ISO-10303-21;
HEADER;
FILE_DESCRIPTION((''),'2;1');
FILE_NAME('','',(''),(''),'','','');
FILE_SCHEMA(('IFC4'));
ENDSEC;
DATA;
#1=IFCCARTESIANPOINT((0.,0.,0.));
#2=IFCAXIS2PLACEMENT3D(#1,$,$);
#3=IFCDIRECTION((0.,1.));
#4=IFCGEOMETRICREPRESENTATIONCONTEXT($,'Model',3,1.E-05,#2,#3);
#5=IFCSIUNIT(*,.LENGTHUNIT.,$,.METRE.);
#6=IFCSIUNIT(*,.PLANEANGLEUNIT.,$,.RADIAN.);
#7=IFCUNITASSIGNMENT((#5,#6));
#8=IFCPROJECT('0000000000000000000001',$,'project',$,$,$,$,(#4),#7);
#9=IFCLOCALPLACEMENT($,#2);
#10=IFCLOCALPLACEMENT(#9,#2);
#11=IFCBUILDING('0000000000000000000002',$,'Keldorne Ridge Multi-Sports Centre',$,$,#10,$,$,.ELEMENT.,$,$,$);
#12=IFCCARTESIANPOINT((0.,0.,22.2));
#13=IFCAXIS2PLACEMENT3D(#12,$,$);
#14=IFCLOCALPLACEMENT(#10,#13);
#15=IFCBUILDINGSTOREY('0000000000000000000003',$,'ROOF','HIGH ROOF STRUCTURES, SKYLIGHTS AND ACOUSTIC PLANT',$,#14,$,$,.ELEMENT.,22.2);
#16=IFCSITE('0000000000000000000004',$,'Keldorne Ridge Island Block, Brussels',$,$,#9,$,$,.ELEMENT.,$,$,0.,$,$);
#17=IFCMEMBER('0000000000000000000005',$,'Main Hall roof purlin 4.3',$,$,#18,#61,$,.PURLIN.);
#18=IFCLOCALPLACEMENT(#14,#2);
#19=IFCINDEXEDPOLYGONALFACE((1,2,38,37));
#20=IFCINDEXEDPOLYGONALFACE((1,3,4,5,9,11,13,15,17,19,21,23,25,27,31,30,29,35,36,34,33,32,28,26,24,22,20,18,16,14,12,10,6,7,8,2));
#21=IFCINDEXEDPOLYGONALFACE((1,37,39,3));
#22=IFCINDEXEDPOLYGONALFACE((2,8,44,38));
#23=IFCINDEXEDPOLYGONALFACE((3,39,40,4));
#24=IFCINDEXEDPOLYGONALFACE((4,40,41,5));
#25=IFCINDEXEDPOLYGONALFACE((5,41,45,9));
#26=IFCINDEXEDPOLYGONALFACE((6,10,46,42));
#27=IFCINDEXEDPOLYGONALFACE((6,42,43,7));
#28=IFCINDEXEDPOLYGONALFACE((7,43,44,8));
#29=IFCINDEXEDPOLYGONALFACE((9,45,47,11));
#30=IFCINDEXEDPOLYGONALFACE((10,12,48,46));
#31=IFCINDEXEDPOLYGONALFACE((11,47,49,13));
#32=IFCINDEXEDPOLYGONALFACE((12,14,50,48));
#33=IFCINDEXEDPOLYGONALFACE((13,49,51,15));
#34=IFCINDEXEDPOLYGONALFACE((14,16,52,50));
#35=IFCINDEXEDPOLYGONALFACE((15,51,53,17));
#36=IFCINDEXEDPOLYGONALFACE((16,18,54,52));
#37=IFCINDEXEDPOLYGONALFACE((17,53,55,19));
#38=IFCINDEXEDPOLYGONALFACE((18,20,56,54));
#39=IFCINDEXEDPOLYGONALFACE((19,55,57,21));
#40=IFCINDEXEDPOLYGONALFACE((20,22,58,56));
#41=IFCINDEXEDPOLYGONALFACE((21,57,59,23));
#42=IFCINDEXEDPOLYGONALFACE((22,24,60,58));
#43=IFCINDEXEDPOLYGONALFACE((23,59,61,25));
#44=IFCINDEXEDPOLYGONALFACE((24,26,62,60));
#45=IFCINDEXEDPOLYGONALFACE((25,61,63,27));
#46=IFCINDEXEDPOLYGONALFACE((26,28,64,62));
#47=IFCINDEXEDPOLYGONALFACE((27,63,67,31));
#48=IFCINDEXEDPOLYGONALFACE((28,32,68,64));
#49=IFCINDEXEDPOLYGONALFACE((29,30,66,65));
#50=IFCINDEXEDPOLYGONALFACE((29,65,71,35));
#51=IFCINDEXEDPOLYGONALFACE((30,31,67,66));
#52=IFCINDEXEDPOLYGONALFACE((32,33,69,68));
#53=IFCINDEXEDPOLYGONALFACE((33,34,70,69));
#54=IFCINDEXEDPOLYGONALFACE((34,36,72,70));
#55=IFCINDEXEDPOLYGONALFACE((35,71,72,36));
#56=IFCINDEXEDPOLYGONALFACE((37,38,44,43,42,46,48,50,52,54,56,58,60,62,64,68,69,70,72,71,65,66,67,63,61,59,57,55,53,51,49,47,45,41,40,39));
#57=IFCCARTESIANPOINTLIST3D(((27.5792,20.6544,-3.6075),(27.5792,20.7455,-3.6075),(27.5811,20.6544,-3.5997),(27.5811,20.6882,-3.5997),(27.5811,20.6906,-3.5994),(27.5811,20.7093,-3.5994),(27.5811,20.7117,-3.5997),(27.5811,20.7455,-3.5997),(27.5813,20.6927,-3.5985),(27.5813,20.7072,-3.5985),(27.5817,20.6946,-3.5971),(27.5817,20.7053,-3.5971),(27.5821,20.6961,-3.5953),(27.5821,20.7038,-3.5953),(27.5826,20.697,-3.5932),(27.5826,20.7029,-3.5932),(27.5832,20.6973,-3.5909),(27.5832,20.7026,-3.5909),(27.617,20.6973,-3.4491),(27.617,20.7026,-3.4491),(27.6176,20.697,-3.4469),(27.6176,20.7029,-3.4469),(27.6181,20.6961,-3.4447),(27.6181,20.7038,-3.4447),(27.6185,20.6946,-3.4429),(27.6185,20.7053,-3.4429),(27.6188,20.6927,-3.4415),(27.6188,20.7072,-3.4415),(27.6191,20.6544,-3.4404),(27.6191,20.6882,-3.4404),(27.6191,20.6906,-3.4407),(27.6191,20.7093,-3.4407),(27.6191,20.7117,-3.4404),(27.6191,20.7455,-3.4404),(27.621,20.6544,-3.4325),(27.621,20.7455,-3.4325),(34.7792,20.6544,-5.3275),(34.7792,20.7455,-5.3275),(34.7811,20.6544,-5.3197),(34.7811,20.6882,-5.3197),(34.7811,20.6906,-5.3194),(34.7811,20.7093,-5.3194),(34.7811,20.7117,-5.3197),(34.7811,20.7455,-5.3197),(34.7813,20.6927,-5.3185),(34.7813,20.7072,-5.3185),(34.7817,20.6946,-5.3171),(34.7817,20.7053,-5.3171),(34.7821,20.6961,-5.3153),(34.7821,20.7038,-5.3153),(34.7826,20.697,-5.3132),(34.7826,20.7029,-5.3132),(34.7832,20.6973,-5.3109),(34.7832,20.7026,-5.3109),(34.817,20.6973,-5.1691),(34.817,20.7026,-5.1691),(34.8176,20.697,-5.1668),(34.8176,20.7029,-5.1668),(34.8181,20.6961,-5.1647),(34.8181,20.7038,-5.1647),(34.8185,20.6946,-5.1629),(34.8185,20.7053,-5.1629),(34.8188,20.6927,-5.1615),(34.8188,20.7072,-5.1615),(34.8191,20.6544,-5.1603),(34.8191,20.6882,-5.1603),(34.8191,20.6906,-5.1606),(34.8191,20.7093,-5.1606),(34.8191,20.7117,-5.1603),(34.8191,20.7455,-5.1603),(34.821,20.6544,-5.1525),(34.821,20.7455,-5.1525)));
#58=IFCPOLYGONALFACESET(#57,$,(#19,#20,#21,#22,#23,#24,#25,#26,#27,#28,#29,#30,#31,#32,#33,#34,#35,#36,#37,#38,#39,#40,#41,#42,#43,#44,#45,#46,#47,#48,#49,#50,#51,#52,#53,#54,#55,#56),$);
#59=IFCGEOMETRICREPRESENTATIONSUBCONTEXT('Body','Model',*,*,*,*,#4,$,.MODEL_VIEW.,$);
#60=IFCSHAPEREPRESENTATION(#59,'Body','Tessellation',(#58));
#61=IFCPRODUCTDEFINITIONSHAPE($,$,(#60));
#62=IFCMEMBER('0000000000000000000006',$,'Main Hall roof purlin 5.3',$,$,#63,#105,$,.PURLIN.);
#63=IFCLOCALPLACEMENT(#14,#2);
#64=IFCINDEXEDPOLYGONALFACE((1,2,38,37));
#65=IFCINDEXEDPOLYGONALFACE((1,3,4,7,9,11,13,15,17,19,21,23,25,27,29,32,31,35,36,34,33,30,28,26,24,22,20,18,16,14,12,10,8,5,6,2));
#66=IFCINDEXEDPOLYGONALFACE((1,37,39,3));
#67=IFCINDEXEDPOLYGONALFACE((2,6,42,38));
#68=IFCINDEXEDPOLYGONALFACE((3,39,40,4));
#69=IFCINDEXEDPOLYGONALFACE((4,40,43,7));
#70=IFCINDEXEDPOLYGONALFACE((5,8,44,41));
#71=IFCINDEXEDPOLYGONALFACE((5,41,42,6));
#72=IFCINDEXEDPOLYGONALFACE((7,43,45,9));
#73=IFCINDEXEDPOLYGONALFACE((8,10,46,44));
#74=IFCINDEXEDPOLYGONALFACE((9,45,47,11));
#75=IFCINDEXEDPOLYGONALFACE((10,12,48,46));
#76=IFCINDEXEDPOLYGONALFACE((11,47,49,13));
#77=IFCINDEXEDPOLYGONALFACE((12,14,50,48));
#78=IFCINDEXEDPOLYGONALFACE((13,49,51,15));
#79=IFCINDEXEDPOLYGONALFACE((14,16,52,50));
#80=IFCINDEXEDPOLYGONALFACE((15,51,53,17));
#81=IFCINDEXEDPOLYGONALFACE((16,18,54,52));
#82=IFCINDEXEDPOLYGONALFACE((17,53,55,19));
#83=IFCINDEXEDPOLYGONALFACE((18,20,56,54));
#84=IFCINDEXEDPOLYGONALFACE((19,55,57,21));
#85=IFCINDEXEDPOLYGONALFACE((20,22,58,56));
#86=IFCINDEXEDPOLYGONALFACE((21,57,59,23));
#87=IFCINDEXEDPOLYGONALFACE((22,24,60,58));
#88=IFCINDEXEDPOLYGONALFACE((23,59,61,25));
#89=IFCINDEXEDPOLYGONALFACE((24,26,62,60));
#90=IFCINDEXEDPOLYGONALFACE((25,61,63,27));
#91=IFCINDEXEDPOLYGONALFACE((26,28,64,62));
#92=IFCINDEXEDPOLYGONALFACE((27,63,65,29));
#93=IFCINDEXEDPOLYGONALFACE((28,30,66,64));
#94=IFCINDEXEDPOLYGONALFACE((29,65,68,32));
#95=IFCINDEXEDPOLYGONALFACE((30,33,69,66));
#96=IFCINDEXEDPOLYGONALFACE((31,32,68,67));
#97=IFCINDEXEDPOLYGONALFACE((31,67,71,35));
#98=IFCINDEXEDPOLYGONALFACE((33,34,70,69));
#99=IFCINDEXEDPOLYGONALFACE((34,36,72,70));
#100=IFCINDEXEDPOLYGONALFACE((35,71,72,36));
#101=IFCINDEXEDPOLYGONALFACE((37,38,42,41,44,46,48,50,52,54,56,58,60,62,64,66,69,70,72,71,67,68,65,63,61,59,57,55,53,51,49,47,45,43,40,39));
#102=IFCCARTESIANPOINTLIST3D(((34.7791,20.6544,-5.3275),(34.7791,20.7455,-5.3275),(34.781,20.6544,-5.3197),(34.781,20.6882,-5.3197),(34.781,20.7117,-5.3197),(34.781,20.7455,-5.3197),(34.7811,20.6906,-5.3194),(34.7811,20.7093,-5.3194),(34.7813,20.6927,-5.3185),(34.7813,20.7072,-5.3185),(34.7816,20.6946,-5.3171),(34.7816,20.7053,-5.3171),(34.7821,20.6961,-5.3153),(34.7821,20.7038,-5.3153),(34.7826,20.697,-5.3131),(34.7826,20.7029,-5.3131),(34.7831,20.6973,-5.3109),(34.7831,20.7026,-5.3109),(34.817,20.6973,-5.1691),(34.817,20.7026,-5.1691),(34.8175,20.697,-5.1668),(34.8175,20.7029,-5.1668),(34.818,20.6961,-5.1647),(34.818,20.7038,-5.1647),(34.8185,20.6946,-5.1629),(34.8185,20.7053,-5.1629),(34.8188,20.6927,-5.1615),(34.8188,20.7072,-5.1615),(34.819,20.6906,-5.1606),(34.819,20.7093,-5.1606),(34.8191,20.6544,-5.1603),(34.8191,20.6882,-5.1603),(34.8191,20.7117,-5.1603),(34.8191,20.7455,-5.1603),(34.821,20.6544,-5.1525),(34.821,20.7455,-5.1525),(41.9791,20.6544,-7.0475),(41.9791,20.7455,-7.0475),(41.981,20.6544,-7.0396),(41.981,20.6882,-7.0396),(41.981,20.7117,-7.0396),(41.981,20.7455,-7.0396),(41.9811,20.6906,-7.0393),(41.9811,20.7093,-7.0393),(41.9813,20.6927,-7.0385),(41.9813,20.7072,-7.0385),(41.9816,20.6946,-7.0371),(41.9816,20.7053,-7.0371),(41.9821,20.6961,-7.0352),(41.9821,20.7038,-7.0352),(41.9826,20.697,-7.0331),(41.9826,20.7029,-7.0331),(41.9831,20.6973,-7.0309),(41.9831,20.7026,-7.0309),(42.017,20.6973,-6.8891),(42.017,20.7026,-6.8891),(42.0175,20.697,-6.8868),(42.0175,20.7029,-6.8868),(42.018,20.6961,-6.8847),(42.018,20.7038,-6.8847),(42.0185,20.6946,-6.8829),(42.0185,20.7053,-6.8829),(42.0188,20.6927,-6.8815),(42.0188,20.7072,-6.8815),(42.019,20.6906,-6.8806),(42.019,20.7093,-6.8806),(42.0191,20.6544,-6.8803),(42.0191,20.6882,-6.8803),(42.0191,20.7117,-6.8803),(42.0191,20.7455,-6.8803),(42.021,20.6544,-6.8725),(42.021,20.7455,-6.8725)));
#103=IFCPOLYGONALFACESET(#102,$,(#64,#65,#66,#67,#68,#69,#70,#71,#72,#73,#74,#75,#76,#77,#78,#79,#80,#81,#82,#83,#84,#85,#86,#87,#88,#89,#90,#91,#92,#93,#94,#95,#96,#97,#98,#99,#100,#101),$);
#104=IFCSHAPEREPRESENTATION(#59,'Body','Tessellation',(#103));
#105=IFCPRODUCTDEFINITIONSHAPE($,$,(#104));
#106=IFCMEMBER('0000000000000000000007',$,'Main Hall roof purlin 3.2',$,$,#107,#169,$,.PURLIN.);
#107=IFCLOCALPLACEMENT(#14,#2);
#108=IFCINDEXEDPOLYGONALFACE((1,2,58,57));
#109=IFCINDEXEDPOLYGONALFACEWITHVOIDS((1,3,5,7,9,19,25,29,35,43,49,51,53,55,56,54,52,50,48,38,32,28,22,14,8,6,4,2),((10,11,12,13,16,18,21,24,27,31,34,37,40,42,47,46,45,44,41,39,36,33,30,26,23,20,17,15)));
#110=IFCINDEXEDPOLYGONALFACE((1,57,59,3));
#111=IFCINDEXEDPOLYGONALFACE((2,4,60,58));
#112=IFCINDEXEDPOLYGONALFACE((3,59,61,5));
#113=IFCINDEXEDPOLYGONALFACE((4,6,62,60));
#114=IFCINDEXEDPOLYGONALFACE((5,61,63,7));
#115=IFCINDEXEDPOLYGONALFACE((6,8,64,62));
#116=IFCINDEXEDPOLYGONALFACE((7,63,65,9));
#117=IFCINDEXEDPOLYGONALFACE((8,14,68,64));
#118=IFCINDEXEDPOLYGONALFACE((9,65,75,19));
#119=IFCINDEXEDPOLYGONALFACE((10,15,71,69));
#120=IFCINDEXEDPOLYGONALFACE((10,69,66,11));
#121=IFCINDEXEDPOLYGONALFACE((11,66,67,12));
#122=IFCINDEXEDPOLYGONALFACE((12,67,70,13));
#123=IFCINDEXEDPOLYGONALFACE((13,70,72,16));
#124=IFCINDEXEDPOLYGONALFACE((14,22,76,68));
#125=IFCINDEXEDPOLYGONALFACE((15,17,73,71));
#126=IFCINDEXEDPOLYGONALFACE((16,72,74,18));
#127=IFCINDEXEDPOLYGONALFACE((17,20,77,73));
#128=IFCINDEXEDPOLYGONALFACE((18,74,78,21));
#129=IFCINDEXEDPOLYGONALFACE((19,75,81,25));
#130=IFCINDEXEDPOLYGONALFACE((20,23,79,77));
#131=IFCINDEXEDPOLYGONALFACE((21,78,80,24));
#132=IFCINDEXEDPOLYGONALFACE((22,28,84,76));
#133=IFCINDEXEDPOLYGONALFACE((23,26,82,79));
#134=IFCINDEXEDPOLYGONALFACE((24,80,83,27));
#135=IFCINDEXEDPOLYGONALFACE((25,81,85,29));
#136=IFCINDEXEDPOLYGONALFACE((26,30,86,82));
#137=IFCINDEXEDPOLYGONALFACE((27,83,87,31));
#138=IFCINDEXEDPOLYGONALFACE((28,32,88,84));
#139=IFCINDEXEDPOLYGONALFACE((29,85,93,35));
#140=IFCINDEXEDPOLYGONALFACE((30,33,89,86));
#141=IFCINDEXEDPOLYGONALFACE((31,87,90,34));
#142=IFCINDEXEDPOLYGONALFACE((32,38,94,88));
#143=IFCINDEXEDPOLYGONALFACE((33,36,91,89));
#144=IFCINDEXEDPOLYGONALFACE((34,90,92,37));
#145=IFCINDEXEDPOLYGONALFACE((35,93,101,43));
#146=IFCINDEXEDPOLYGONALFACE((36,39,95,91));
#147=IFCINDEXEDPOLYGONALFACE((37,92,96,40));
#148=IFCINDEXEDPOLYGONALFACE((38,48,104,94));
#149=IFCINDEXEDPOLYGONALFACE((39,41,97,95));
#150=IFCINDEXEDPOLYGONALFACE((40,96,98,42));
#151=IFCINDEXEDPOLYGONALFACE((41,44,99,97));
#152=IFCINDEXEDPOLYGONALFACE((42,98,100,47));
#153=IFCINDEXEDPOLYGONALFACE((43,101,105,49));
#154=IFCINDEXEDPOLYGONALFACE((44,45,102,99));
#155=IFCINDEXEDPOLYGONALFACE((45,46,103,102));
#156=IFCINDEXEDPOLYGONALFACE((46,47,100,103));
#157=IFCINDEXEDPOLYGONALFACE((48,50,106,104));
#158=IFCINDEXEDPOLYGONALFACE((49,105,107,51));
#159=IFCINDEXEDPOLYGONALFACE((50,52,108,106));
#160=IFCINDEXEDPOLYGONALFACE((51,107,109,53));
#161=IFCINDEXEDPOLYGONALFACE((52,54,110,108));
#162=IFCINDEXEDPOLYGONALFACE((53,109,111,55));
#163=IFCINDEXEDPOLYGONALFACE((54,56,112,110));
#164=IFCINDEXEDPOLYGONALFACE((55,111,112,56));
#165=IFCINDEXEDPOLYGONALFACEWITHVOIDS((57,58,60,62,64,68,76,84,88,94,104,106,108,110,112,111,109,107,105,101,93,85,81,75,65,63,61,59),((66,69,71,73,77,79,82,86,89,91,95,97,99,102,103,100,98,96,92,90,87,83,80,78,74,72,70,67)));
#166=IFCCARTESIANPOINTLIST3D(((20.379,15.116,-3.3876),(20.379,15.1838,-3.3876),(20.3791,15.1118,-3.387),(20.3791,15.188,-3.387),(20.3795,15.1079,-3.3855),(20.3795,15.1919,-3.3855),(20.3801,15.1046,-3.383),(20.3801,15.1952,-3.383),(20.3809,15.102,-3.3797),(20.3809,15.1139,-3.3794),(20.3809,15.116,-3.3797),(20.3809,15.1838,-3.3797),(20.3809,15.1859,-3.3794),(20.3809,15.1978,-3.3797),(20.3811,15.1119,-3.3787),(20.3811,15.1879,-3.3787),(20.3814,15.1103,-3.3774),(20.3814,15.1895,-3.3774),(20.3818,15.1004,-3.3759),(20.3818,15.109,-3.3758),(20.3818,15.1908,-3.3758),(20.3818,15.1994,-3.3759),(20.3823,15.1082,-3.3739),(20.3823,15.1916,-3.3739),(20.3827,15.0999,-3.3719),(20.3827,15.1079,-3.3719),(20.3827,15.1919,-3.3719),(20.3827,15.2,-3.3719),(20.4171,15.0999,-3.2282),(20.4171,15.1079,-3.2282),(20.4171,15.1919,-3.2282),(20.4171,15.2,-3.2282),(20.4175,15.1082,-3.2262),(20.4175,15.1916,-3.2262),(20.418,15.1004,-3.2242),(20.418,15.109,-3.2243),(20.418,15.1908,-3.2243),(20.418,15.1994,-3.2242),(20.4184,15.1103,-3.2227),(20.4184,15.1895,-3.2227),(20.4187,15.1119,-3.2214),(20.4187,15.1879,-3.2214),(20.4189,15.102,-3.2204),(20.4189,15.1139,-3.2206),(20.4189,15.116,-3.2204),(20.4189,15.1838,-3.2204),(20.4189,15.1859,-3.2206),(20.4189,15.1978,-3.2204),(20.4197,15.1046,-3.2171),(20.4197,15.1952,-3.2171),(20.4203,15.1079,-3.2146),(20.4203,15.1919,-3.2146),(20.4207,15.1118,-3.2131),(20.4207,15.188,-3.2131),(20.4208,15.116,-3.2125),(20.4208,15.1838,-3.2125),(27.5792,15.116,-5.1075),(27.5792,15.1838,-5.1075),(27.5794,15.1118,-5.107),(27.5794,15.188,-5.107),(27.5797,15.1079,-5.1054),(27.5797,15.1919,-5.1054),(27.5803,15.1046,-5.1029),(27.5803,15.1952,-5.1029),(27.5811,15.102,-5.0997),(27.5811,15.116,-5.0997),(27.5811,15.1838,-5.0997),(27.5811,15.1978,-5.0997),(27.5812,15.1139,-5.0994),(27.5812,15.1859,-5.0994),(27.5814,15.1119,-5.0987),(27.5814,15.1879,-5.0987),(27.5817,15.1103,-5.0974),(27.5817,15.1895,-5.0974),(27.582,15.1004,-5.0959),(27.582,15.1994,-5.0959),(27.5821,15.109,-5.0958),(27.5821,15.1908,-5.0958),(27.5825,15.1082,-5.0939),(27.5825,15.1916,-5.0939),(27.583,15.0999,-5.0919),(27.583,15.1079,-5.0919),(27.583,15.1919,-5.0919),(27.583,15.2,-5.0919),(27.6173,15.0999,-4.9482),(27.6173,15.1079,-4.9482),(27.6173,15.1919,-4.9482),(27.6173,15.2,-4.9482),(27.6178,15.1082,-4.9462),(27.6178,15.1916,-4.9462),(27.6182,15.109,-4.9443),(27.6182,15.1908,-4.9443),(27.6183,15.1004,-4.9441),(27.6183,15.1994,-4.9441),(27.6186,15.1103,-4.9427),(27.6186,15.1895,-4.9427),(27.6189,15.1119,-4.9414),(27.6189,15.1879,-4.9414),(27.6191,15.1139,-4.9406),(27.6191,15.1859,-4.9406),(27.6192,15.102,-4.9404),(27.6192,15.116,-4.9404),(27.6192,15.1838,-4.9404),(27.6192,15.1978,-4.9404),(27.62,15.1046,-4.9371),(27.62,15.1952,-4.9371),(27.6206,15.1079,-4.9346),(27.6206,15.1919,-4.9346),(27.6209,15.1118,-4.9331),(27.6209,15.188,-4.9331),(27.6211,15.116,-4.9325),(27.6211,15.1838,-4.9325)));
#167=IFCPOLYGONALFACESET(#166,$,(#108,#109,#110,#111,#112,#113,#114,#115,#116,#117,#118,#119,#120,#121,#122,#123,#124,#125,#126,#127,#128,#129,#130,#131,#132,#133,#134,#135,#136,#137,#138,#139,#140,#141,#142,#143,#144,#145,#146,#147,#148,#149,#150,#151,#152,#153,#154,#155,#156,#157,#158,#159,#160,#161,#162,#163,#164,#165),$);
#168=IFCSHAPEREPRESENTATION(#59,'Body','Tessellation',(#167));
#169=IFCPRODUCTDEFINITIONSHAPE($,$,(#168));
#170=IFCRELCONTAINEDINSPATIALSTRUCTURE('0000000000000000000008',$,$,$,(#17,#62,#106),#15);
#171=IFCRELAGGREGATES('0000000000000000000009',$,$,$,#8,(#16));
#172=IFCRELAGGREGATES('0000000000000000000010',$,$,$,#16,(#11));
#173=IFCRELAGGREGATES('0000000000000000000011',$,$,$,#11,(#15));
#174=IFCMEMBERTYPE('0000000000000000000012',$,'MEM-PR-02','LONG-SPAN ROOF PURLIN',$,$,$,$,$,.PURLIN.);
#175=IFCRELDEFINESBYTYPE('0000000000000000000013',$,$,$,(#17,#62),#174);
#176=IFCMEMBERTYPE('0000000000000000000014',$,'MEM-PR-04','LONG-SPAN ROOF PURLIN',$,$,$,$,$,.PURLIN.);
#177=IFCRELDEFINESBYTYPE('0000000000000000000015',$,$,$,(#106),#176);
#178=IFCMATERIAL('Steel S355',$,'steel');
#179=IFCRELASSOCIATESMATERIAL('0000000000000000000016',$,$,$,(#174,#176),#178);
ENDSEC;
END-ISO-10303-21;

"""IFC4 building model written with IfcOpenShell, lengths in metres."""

from ifc_helpers import new_model, si_unit, direction, frame, origin, origin_2d, place, context, subcontext, project, spatial, hollow_rectangle, i_section, extrude, material, material_profile, profile_set, type_object, element, save


model = new_model("IFC4")

# Units and contexts
model_context = context("Model", 3, precision=1e-05, world=origin(), true_north=direction((0.0, 1.0)))
body_context = subcontext(model_context, "Body", "Model", "MODEL_VIEW")
ifc_project = project(units=[si_unit("LENGTHUNIT", "METRE"), si_unit("PLANEANGLEUNIT", "RADIAN")], contexts=[model_context])

# Site, building, storey
site_placement = place(None, origin())
site = spatial("IfcSite", under=ifc_project, at=site_placement, Name="Keldorne Ridge Island Block, Brussels", CompositionType="ELEMENT", RefElevation=0.0)
building_placement = place(site_placement, origin())
building = spatial("IfcBuilding", under=site, at=building_placement, Name="Keldorne Ridge Multi-Sports Centre", CompositionType="ELEMENT")
storey_placement = place(building_placement, frame((0.0, 0.0, 22.2)))
storey = spatial("IfcBuildingStorey", under=building, at=storey_placement, Name="ROOF", Description="HIGH ROOF STRUCTURES, SKYLIGHTS AND ACOUSTIC PLANT", CompositionType="ELEMENT", Elevation=22.2)

# Members
ifc_material = material(Name="Steel S355", Category="steel")
ifc_material_profile_1 = material_profile(ifc_material, i_section(OverallWidth=0.0911, OverallDepth=0.1799, WebThickness=0.0054, FlangeThickness=0.0081, FilletRadius=0.009, at=origin_2d()), Name="IPE 180")
ifc_profile_set_1 = profile_set([ifc_material_profile_1], Name="Steel S355")
member_type_1 = type_object("IfcMemberType", Name="MEM-PR-02", Description="LONG-SPAN ROOF PURLIN", PredefinedType="PURLIN", material=ifc_profile_set_1)
for number, where, z_axis, x_axis, name in (
    (1, (27.6001, 20.7, -3.52), (0.972633, 0.0, -0.232349), (0.0, 1.0, 0.0), "Main Hall roof purlin 4.3"),
    (2, (34.8, 20.7, -5.24), (0.972633, 0.0, -0.232349), (0.0, 1.0, 0.0), "Main Hall roof purlin 5.3"),
):
    element("IfcMember", number, at=place(storey_placement, frame(where, z_axis=z_axis, x_axis=x_axis)), inside=storey, type_object=member_type_1, Name=name, PredefinedType="PURLIN", context=body_context, shape_type="SweptSolid", body=[
        extrude(i_section(OverallWidth=0.0911, OverallDepth=0.1799, WebThickness=0.0054, FlangeThickness=0.0081, FilletRadius=0.009, at=origin_2d()), origin(), (0.0, 0.0, 1.0), 7.4026),
    ])
ifc_material_profile_2 = material_profile(ifc_material, hollow_rectangle(XDim=0.1001, YDim=0.1799, WallThickness=0.0081, InnerFilletRadius=0.0081, OuterFilletRadius=0.0161, at=origin_2d()), Name="RHS 180x100x8")
ifc_profile_set_2 = profile_set([ifc_material_profile_2], Name="Steel S355")
member_type_2 = type_object("IfcMemberType", Name="MEM-PR-04", Description="LONG-SPAN ROOF PURLIN", PredefinedType="PURLIN", material=ifc_profile_set_2)
member_1_placement = place(storey_placement, frame((20.3999, 15.1499, -3.3), z_axis=(0.972634, 0.0, -0.232341), x_axis=(0.0, 1.0, 0.0)))
element("IfcMember", 3, at=member_1_placement, inside=storey, type_object=member_type_2, Name="Main Hall roof purlin 3.2", PredefinedType="PURLIN", context=body_context, shape_type="SweptSolid", body=[
    extrude(hollow_rectangle(XDim=0.1001, YDim=0.1799, WallThickness=0.0081, InnerFilletRadius=0.0081, OuterFilletRadius=0.0161, at=origin_2d()), origin(), (0.0, 0.0, 1.0), 7.4028),
])

save(model, "model.ifc")
